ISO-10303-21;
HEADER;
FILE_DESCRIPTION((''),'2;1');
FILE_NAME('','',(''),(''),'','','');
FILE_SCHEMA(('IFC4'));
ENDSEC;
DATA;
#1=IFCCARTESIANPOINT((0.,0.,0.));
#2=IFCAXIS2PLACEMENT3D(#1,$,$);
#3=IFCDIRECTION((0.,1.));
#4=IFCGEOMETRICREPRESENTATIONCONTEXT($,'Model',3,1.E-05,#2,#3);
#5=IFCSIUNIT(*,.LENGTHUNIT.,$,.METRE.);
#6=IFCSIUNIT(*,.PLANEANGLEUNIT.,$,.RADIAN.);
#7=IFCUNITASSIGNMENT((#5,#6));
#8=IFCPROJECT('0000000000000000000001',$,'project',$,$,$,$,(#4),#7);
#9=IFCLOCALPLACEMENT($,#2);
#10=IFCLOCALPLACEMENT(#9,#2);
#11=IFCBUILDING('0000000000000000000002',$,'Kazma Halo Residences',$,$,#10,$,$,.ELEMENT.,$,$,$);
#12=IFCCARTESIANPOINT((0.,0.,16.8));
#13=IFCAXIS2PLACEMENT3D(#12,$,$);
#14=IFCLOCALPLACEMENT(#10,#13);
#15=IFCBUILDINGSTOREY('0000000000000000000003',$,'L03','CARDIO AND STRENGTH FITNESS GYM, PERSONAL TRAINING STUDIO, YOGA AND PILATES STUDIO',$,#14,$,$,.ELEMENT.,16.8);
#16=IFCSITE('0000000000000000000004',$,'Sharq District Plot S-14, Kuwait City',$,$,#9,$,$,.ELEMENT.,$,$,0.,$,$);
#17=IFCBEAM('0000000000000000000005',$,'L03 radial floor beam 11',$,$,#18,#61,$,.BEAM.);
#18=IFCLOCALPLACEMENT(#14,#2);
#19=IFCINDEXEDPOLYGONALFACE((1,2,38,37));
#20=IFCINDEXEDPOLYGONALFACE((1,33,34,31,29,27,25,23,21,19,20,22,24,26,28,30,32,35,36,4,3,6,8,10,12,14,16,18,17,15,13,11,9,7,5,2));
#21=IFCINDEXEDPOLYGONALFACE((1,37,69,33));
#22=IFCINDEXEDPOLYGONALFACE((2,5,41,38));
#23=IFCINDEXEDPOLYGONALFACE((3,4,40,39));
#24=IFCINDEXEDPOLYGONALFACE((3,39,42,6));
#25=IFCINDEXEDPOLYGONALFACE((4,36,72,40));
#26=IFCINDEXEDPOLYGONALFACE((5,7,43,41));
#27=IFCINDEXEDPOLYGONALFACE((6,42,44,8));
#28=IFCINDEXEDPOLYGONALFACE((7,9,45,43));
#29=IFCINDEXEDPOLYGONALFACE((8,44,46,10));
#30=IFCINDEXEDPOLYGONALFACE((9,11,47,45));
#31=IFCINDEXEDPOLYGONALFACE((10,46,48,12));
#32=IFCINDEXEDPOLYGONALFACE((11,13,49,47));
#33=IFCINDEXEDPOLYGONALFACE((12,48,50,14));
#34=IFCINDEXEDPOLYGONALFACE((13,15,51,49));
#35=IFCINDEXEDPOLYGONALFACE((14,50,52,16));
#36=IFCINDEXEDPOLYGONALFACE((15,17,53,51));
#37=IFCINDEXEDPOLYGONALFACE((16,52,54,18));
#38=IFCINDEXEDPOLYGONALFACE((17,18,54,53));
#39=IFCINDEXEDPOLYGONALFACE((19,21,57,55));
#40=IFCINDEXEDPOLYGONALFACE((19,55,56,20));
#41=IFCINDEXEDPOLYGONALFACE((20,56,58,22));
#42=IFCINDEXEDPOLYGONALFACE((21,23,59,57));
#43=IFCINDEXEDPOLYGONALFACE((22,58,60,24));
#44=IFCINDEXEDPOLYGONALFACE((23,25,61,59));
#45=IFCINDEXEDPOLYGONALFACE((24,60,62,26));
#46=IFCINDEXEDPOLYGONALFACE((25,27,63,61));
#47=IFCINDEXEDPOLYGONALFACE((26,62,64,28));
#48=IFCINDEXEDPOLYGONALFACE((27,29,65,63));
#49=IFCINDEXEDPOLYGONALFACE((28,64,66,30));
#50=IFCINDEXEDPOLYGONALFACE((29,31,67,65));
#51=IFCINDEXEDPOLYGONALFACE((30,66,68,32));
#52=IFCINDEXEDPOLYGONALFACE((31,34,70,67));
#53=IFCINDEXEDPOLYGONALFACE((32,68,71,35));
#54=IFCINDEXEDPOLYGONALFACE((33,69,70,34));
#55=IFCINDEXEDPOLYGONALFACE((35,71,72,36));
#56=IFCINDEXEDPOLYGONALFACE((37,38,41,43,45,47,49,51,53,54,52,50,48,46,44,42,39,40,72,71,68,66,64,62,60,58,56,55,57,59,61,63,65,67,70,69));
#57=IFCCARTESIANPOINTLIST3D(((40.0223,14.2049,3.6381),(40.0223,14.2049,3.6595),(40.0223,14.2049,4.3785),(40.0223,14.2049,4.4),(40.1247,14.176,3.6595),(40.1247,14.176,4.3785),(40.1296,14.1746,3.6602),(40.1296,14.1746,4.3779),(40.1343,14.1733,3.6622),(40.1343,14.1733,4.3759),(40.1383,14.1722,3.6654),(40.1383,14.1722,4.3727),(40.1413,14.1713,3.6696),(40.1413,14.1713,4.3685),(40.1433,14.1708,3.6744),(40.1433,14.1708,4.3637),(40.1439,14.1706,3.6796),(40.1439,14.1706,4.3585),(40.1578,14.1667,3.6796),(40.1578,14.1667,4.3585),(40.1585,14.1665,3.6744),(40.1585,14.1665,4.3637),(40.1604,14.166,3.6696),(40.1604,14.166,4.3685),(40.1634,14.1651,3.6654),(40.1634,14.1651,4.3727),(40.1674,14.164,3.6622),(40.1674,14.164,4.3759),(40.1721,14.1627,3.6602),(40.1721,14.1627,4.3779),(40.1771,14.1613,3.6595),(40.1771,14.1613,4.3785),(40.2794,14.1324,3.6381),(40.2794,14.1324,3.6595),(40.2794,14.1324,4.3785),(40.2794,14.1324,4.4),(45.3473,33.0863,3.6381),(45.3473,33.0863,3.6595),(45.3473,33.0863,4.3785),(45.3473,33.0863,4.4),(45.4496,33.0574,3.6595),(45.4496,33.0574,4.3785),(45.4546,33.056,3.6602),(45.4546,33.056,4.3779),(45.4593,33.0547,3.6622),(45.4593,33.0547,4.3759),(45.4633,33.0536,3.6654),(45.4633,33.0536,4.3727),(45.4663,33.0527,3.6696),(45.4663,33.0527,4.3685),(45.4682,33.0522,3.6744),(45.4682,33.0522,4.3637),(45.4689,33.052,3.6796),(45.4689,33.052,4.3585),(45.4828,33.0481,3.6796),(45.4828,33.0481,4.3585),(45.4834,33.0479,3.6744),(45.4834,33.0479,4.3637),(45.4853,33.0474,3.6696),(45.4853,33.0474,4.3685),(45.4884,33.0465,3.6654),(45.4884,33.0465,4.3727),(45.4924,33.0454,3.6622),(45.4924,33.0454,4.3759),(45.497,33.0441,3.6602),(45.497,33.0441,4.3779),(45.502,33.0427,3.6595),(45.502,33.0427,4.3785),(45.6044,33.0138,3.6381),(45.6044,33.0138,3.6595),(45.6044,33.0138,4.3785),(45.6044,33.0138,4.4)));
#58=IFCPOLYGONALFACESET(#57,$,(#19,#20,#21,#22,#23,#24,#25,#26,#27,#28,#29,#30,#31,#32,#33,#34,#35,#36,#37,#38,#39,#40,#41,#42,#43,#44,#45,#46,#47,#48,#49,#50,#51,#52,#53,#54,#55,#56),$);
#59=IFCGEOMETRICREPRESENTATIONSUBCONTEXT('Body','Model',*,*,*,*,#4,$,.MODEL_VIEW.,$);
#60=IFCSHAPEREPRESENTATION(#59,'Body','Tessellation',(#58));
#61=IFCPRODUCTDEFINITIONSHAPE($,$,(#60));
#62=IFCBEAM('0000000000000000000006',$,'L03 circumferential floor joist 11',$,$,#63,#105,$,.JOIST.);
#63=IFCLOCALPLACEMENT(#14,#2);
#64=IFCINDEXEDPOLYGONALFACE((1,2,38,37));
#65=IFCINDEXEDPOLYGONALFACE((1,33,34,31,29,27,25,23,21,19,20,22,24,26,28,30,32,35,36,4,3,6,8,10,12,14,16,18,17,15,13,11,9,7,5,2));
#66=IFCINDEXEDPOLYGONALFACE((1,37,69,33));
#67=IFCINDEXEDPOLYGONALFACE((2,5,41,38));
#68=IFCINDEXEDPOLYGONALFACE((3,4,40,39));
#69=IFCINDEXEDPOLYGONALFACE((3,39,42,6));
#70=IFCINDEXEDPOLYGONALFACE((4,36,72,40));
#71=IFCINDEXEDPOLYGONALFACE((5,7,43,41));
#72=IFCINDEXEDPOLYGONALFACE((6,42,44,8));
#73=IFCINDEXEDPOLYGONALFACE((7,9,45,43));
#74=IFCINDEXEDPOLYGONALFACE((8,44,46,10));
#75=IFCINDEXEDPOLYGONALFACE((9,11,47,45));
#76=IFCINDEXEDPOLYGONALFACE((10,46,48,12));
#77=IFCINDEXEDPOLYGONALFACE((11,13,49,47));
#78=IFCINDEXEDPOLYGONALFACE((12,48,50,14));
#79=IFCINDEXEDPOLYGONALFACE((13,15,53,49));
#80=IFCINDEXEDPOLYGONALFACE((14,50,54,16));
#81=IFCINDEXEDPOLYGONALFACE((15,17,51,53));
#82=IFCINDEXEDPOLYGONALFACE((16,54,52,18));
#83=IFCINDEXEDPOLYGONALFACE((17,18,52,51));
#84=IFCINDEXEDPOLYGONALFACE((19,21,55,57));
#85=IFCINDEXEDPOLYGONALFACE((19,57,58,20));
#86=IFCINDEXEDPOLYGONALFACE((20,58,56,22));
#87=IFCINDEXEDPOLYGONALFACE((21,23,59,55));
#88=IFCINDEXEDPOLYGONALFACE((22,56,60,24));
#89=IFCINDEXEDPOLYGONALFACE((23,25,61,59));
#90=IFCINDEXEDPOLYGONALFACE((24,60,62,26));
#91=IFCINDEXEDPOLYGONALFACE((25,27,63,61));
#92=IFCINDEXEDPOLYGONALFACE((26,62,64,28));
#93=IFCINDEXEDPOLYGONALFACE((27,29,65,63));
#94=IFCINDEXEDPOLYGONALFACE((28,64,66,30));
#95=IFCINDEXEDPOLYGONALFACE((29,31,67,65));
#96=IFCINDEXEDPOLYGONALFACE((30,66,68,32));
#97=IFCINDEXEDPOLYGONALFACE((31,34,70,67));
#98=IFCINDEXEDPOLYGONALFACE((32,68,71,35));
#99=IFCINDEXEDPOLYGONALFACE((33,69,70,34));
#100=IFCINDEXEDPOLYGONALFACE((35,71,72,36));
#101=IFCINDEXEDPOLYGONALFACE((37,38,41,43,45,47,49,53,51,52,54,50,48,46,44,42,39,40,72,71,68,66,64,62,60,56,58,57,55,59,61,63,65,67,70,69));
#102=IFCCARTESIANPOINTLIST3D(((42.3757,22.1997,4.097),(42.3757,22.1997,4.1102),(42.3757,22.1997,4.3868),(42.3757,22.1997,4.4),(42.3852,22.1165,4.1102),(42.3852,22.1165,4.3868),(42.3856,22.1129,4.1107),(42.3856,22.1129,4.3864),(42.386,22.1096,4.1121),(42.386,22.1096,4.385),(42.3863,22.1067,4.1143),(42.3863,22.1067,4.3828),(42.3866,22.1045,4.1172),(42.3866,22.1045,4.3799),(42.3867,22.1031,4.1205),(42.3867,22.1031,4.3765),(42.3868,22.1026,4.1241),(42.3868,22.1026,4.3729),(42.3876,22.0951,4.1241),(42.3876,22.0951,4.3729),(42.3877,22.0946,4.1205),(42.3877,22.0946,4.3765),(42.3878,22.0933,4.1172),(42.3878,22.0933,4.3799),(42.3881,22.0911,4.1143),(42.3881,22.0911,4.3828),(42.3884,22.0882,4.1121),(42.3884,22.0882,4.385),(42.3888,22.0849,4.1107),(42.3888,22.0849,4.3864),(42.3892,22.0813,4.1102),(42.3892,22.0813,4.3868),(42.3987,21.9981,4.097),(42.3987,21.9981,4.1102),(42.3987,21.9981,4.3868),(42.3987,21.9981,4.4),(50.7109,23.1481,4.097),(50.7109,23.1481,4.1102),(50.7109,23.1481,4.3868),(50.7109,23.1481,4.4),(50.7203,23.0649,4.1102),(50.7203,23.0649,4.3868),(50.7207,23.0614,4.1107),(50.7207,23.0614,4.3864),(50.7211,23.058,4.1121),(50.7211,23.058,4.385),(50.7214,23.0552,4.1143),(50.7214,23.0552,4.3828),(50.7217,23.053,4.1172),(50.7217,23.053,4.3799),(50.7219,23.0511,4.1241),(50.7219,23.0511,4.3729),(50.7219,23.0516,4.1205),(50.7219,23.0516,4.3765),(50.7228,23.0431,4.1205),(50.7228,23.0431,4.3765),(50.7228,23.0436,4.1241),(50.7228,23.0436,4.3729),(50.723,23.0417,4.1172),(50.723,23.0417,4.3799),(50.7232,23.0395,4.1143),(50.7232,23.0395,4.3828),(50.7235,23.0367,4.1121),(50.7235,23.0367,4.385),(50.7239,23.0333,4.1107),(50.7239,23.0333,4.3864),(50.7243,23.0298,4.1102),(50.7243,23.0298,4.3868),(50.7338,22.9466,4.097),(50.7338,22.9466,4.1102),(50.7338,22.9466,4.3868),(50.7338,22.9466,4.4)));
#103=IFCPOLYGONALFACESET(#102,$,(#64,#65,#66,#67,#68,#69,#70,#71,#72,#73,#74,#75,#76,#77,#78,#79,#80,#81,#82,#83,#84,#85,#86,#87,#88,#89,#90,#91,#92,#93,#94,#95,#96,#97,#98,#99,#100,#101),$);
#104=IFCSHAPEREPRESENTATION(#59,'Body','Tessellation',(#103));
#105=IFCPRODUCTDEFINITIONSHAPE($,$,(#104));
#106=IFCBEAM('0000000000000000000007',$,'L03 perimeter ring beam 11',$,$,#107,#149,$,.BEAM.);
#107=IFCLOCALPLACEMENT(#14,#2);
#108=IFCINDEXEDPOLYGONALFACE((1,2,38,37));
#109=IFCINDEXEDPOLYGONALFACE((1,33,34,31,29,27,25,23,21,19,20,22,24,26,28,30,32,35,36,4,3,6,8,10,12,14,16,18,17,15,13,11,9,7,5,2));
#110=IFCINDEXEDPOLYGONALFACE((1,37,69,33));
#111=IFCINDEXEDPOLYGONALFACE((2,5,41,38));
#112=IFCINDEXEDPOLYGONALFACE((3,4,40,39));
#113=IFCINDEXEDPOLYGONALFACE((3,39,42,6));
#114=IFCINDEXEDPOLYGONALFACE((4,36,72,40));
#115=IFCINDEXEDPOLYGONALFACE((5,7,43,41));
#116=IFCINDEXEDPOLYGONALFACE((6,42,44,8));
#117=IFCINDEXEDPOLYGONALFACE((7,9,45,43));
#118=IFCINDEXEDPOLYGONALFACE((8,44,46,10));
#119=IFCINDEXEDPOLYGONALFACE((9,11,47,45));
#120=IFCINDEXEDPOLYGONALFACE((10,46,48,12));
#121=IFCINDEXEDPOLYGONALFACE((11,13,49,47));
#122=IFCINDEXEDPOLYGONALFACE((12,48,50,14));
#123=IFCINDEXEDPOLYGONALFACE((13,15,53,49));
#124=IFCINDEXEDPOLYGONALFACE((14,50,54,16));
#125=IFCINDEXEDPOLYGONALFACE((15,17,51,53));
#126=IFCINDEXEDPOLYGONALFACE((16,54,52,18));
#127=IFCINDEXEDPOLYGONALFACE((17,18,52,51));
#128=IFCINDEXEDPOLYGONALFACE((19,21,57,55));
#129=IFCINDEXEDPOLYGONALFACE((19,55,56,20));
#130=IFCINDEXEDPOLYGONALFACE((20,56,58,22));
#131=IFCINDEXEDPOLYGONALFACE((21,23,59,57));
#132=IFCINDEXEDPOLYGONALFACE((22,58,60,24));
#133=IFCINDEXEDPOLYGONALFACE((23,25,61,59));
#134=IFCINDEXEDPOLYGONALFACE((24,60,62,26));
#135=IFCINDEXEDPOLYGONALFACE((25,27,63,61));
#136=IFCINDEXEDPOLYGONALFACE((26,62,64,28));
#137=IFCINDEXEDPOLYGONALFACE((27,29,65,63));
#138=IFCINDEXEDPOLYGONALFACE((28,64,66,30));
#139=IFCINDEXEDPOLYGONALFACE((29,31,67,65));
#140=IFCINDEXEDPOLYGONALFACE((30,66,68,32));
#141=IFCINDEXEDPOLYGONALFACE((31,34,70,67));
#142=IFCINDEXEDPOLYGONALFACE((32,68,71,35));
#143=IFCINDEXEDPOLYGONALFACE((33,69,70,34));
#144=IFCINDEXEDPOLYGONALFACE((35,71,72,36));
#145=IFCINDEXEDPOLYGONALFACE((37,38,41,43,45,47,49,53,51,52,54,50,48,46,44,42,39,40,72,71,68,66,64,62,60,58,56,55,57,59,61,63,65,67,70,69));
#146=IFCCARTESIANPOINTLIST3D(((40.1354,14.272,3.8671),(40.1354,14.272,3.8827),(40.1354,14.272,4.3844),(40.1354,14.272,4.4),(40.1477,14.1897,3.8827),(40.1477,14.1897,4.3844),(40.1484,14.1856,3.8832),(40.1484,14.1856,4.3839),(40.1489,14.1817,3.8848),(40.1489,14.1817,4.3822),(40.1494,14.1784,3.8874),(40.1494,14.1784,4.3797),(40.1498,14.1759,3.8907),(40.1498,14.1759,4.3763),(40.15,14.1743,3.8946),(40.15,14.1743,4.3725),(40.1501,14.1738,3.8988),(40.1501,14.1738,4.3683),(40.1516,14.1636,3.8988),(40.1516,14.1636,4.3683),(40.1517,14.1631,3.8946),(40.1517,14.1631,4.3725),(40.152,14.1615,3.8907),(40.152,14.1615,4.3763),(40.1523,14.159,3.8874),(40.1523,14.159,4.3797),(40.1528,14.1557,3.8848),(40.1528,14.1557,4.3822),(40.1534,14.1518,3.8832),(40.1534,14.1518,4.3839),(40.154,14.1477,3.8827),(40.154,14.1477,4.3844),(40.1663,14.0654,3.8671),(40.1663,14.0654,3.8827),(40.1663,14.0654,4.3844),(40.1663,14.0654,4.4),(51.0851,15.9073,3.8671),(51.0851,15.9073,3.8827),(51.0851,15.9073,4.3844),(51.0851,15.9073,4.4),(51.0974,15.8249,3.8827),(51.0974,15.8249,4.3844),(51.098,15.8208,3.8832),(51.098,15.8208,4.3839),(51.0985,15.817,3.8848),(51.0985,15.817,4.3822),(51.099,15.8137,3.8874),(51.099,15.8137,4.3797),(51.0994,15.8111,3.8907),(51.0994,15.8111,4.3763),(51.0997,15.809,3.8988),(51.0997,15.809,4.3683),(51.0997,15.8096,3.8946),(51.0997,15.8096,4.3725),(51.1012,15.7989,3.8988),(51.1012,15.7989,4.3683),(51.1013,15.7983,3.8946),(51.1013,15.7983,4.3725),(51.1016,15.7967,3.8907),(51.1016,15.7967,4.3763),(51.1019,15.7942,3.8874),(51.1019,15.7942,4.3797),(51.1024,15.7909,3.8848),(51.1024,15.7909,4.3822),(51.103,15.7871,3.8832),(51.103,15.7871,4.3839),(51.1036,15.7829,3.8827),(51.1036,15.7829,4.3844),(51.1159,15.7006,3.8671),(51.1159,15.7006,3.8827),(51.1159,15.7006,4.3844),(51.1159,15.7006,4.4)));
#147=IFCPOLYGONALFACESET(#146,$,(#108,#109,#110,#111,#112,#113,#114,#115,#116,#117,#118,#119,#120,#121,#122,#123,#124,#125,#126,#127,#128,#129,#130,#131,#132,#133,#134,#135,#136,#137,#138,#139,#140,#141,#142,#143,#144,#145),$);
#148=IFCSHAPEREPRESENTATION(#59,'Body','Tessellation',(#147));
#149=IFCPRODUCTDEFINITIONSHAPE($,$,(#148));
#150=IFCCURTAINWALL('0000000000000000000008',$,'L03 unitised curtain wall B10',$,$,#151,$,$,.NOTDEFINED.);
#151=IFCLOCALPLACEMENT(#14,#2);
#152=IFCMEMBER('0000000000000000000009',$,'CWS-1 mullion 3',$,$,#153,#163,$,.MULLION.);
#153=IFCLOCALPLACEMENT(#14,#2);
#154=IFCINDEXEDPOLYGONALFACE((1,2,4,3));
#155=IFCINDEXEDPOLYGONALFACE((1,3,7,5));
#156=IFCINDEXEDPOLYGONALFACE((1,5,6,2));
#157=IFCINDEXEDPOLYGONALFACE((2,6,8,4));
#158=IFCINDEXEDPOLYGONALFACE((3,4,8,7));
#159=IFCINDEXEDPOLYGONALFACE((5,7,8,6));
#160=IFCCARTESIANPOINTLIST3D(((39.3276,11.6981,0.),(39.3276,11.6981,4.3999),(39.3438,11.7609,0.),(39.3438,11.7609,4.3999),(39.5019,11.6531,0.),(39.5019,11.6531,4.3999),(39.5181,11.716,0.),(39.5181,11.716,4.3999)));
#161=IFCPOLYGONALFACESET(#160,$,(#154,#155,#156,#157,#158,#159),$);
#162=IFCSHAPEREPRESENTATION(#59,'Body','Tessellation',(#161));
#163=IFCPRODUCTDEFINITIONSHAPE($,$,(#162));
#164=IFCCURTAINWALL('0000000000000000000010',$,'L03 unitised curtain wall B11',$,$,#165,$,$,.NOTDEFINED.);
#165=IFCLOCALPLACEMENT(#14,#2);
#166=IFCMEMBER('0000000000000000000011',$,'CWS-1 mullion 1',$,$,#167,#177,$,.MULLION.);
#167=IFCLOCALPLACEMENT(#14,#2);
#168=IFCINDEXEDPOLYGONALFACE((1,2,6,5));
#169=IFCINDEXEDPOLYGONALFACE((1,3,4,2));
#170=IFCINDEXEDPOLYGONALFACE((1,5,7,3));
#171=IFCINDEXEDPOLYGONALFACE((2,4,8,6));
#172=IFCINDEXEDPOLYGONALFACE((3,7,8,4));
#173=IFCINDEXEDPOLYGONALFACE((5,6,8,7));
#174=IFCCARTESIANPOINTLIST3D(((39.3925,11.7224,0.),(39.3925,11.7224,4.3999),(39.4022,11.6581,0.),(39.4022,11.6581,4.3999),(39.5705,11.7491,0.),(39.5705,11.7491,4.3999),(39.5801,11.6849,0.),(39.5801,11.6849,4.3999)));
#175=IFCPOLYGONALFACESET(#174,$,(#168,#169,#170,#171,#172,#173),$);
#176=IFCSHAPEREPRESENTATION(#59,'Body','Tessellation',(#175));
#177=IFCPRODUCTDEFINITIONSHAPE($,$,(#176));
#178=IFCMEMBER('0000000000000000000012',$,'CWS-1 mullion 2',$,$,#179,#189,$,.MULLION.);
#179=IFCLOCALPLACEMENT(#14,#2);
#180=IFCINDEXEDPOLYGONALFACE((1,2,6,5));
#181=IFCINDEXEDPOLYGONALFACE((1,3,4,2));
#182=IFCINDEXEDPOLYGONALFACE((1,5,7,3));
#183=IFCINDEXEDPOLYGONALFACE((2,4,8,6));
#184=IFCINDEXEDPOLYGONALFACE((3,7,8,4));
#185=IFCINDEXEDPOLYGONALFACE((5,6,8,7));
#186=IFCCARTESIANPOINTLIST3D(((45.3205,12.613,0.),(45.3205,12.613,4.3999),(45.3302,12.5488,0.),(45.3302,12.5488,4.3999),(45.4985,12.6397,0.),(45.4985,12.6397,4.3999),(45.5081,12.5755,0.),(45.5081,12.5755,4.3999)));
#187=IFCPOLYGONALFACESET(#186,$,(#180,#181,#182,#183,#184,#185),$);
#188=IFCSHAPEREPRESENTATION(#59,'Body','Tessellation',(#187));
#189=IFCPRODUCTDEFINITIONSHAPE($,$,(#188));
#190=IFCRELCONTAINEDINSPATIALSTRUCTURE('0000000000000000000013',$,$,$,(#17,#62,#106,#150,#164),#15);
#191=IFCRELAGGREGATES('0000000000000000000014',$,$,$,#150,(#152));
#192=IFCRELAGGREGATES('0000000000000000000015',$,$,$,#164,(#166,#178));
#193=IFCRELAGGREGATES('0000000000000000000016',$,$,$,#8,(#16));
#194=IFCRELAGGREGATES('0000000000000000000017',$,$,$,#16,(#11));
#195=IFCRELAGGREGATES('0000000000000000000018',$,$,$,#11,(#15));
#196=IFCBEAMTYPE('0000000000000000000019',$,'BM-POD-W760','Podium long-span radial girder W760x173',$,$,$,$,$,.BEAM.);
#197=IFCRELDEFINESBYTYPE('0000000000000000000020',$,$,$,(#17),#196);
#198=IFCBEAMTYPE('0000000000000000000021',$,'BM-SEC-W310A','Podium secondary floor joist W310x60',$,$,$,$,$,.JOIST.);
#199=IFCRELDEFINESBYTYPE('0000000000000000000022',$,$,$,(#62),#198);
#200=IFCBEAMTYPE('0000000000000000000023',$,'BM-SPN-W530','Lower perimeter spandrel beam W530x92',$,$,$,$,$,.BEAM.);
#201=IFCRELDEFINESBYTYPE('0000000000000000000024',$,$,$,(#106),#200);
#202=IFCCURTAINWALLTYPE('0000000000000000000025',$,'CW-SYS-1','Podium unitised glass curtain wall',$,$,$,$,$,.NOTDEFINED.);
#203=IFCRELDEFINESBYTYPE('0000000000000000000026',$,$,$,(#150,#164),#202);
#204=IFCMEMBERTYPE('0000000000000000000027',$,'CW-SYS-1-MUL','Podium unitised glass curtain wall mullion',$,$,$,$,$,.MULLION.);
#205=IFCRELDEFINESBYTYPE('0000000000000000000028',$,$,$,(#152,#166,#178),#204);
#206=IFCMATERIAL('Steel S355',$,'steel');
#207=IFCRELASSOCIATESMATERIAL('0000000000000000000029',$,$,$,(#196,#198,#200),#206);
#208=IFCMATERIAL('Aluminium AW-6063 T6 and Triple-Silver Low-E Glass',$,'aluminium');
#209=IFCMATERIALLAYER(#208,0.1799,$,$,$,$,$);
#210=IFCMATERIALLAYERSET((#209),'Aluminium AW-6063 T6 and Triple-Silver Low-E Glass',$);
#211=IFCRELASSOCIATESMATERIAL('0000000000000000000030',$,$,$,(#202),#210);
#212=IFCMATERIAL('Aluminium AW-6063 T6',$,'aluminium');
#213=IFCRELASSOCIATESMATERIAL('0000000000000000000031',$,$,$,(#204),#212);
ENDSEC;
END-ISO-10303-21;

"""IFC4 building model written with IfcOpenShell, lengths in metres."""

from ifc_helpers import new_model, si_unit, direction, frame, origin, origin_2d, place, context, subcontext, project, spatial, rectangle, i_section, extrude, material, layer, layer_set, material_profile, profile_set, type_object, element, aggregate, save


model = new_model("IFC4")

# Units and contexts
model_context = context("Model", 3, precision=1e-05, world=origin(), true_north=direction((0.0, 1.0)))
body_context = subcontext(model_context, "Body", "Model", "MODEL_VIEW")
ifc_project = project(units=[si_unit("LENGTHUNIT", "METRE"), si_unit("PLANEANGLEUNIT", "RADIAN")], contexts=[model_context])

# Site, building, storey
site_placement = place(None, origin())
site = spatial("IfcSite", under=ifc_project, at=site_placement, Name="Sharq District Plot S-14, Kuwait City", CompositionType="ELEMENT", RefElevation=0.0)
building_placement = place(site_placement, origin())
building = spatial("IfcBuilding", under=site, at=building_placement, Name="Kazma Halo Residences", CompositionType="ELEMENT")
storey_placement = place(building_placement, frame((0.0, 0.0, 16.8)))
storey = spatial("IfcBuildingStorey", under=building, at=storey_placement, Name="L03", Description="CARDIO AND STRENGTH FITNESS GYM, PERSONAL TRAINING STUDIO, YOGA AND PILATES STUDIO", CompositionType="ELEMENT", Elevation=16.8)

# Beams
ifc_material_1 = material(Name="Steel S355", Category="steel")
ifc_material_profile_1 = material_profile(ifc_material_1, i_section(OverallWidth=0.2671, OverallDepth=0.762, WebThickness=0.0144, FlangeThickness=0.0215, FilletRadius=0.02, at=origin_2d()), Name="W760x173")
ifc_profile_set_1 = profile_set([ifc_material_profile_1], Name="Steel S355")
beam_type_1 = type_object("IfcBeamType", Name="BM-POD-W760", Description="Podium long-span radial girder W760x173", PredefinedType="BEAM", material=ifc_profile_set_1)
beam_1_placement = place(storey_placement, frame((45.4758, 33.05, 4.019), z_axis=(-0.271434, -0.962457, 0.0), x_axis=(0.962457, -0.271434, 0.0)))
element("IfcBeam", 1, at=beam_1_placement, inside=storey, type_object=beam_type_1, Name="L03 radial floor beam 11", PredefinedType="BEAM", context=body_context, shape_type="SweptSolid", body=[
    extrude(i_section(OverallWidth=0.2671, OverallDepth=0.762, WebThickness=0.0144, FlangeThickness=0.0215, FilletRadius=0.02, at=origin_2d()), origin(), (0.0, 0.0, 1.0), 19.6179),
])
ifc_material_profile_2 = material_profile(ifc_material_1, i_section(OverallWidth=0.2029, OverallDepth=0.303, WebThickness=0.0076, FlangeThickness=0.0132, FilletRadius=0.0139, at=origin_2d()), Name="W310x60")
ifc_profile_set_2 = profile_set([ifc_material_profile_2], Name="Steel S355")
beam_type_2 = type_object("IfcBeamType", Name="BM-SEC-W310A", Description="Podium secondary floor joist W310x60", PredefinedType="JOIST", material=ifc_profile_set_2)
beam_2_placement = place(storey_placement, frame((42.3872, 22.0989, 4.2485), z_axis=(0.993588, 0.113063, 0.0), x_axis=(-0.113063, 0.993588, 0.0)))
element("IfcBeam", 2, at=beam_2_placement, inside=storey, type_object=beam_type_2, Name="L03 circumferential floor joist 11", PredefinedType="JOIST", context=body_context, shape_type="SweptSolid", body=[
    extrude(i_section(OverallWidth=0.2029, OverallDepth=0.303, WebThickness=0.0076, FlangeThickness=0.0132, FilletRadius=0.0139, at=origin_2d()), origin(), (0.0, 0.0, 1.0), 8.3889),
])
ifc_material_profile_3 = material_profile(ifc_material_1, i_section(OverallWidth=0.209, OverallDepth=0.533, WebThickness=0.0103, FlangeThickness=0.0156, FilletRadius=0.0161, at=origin_2d()), Name="W530x92")
ifc_profile_set_3 = profile_set([ifc_material_profile_3], Name="Steel S355")
beam_type_3 = type_object("IfcBeamType", Name="BM-SPN-W530", Description="Lower perimeter spandrel beam W530x92", PredefinedType="BEAM", material=ifc_profile_set_3)
beam_3_placement = place(storey_placement, frame((40.1509, 14.1687, 4.1335), z_axis=(0.989032, 0.147704, 0.0), x_axis=(-0.147704, 0.989032, 0.0)))
element("IfcBeam", 3, at=beam_3_placement, inside=storey, type_object=beam_type_3, Name="L03 perimeter ring beam 11", PredefinedType="BEAM", context=body_context, shape_type="SweptSolid", body=[
    extrude(i_section(OverallWidth=0.209, OverallDepth=0.533, WebThickness=0.0103, FlangeThickness=0.0156, FilletRadius=0.0161, at=origin_2d()), origin(), (0.0, 0.0, 1.0), 11.071),
])

# Curtain wall, member
ifc_material_2 = material(Name="Aluminium AW-6063 T6 and Triple-Silver Low-E Glass", Category="aluminium")
ifc_layer_1 = layer(ifc_material_2, 0.1799)
ifc_layer_set_1 = layer_set([ifc_layer_1], Name="Aluminium AW-6063 T6 and Triple-Silver Low-E Glass")
curtain_wall_type = type_object("IfcCurtainWallType", Name="CW-SYS-1", Description="Podium unitised glass curtain wall", PredefinedType="NOTDEFINED", material=ifc_layer_set_1)
curtain_wall_1_placement = place(storey_placement, origin())
curtain_wall_1 = element("IfcCurtainWall", 4, at=curtain_wall_1_placement, inside=storey, type_object=curtain_wall_type, Name="L03 unitised curtain wall B10", PredefinedType="NOTDEFINED")
ifc_material_3 = material(Name="Aluminium AW-6063 T6", Category="aluminium")
ifc_material_profile_4 = material_profile(ifc_material_3, rectangle(XDim=0.0649, YDim=0.1799, at=origin_2d()), Name="CWM-65x180")
ifc_profile_set_4 = profile_set([ifc_material_profile_4], Name="Aluminium AW-6063 T6")
member_type_1 = type_object("IfcMemberType", Name="CW-SYS-1-MUL", Description="Podium unitised glass curtain wall mullion", PredefinedType="MULLION", material=ifc_profile_set_4)
member_1_placement = place(storey_placement, frame((39.4229, 11.707, 0.0), z_axis=(0.0, 0.0, 1.0), x_axis=(0.249727, 0.968316, 0.0)))
member_1 = element("IfcMember", 5, at=member_1_placement, type_object=member_type_1, Name="CWS-1 mullion 3", PredefinedType="MULLION", context=body_context, shape_type="SweptSolid", body=[
    extrude(rectangle(XDim=0.0649, YDim=0.1799, at=origin_2d()), origin(), (0.0, 0.0, 1.0), 4.3999),
])
aggregate(curtain_wall_1, [member_1])

# Curtain wall, members
curtain_wall_2_placement = place(storey_placement, origin())
curtain_wall_2 = element("IfcCurtainWall", 6, at=curtain_wall_2_placement, inside=storey, type_object=curtain_wall_type, Name="L03 unitised curtain wall B11", PredefinedType="NOTDEFINED")
member_2_placement = place(storey_placement, frame((39.4863, 11.7036, 0.0), z_axis=(0.0, 0.0, 1.0), x_axis=(-0.148549, 0.988905, 0.0)))
member_2 = element("IfcMember", 7, at=member_2_placement, type_object=member_type_1, Name="CWS-1 mullion 1", PredefinedType="MULLION", context=body_context, shape_type="SweptSolid", body=[
    extrude(rectangle(XDim=0.0649, YDim=0.1799, at=origin_2d()), origin(), (0.0, 0.0, 1.0), 4.3999),
])
member_3_placement = place(storey_placement, frame((45.4143, 12.5942, 0.0), z_axis=(0.0, 0.0, 1.0), x_axis=(-0.148549, 0.988905, 0.0)))
member_3 = element("IfcMember", 8, at=member_3_placement, type_object=member_type_1, Name="CWS-1 mullion 2", PredefinedType="MULLION", context=body_context, shape_type="SweptSolid", body=[
    extrude(rectangle(XDim=0.0649, YDim=0.1799, at=origin_2d()), origin(), (0.0, 0.0, 1.0), 4.3999),
])
aggregate(curtain_wall_2, [member_2, member_3])

save(model, "model.ifc")
